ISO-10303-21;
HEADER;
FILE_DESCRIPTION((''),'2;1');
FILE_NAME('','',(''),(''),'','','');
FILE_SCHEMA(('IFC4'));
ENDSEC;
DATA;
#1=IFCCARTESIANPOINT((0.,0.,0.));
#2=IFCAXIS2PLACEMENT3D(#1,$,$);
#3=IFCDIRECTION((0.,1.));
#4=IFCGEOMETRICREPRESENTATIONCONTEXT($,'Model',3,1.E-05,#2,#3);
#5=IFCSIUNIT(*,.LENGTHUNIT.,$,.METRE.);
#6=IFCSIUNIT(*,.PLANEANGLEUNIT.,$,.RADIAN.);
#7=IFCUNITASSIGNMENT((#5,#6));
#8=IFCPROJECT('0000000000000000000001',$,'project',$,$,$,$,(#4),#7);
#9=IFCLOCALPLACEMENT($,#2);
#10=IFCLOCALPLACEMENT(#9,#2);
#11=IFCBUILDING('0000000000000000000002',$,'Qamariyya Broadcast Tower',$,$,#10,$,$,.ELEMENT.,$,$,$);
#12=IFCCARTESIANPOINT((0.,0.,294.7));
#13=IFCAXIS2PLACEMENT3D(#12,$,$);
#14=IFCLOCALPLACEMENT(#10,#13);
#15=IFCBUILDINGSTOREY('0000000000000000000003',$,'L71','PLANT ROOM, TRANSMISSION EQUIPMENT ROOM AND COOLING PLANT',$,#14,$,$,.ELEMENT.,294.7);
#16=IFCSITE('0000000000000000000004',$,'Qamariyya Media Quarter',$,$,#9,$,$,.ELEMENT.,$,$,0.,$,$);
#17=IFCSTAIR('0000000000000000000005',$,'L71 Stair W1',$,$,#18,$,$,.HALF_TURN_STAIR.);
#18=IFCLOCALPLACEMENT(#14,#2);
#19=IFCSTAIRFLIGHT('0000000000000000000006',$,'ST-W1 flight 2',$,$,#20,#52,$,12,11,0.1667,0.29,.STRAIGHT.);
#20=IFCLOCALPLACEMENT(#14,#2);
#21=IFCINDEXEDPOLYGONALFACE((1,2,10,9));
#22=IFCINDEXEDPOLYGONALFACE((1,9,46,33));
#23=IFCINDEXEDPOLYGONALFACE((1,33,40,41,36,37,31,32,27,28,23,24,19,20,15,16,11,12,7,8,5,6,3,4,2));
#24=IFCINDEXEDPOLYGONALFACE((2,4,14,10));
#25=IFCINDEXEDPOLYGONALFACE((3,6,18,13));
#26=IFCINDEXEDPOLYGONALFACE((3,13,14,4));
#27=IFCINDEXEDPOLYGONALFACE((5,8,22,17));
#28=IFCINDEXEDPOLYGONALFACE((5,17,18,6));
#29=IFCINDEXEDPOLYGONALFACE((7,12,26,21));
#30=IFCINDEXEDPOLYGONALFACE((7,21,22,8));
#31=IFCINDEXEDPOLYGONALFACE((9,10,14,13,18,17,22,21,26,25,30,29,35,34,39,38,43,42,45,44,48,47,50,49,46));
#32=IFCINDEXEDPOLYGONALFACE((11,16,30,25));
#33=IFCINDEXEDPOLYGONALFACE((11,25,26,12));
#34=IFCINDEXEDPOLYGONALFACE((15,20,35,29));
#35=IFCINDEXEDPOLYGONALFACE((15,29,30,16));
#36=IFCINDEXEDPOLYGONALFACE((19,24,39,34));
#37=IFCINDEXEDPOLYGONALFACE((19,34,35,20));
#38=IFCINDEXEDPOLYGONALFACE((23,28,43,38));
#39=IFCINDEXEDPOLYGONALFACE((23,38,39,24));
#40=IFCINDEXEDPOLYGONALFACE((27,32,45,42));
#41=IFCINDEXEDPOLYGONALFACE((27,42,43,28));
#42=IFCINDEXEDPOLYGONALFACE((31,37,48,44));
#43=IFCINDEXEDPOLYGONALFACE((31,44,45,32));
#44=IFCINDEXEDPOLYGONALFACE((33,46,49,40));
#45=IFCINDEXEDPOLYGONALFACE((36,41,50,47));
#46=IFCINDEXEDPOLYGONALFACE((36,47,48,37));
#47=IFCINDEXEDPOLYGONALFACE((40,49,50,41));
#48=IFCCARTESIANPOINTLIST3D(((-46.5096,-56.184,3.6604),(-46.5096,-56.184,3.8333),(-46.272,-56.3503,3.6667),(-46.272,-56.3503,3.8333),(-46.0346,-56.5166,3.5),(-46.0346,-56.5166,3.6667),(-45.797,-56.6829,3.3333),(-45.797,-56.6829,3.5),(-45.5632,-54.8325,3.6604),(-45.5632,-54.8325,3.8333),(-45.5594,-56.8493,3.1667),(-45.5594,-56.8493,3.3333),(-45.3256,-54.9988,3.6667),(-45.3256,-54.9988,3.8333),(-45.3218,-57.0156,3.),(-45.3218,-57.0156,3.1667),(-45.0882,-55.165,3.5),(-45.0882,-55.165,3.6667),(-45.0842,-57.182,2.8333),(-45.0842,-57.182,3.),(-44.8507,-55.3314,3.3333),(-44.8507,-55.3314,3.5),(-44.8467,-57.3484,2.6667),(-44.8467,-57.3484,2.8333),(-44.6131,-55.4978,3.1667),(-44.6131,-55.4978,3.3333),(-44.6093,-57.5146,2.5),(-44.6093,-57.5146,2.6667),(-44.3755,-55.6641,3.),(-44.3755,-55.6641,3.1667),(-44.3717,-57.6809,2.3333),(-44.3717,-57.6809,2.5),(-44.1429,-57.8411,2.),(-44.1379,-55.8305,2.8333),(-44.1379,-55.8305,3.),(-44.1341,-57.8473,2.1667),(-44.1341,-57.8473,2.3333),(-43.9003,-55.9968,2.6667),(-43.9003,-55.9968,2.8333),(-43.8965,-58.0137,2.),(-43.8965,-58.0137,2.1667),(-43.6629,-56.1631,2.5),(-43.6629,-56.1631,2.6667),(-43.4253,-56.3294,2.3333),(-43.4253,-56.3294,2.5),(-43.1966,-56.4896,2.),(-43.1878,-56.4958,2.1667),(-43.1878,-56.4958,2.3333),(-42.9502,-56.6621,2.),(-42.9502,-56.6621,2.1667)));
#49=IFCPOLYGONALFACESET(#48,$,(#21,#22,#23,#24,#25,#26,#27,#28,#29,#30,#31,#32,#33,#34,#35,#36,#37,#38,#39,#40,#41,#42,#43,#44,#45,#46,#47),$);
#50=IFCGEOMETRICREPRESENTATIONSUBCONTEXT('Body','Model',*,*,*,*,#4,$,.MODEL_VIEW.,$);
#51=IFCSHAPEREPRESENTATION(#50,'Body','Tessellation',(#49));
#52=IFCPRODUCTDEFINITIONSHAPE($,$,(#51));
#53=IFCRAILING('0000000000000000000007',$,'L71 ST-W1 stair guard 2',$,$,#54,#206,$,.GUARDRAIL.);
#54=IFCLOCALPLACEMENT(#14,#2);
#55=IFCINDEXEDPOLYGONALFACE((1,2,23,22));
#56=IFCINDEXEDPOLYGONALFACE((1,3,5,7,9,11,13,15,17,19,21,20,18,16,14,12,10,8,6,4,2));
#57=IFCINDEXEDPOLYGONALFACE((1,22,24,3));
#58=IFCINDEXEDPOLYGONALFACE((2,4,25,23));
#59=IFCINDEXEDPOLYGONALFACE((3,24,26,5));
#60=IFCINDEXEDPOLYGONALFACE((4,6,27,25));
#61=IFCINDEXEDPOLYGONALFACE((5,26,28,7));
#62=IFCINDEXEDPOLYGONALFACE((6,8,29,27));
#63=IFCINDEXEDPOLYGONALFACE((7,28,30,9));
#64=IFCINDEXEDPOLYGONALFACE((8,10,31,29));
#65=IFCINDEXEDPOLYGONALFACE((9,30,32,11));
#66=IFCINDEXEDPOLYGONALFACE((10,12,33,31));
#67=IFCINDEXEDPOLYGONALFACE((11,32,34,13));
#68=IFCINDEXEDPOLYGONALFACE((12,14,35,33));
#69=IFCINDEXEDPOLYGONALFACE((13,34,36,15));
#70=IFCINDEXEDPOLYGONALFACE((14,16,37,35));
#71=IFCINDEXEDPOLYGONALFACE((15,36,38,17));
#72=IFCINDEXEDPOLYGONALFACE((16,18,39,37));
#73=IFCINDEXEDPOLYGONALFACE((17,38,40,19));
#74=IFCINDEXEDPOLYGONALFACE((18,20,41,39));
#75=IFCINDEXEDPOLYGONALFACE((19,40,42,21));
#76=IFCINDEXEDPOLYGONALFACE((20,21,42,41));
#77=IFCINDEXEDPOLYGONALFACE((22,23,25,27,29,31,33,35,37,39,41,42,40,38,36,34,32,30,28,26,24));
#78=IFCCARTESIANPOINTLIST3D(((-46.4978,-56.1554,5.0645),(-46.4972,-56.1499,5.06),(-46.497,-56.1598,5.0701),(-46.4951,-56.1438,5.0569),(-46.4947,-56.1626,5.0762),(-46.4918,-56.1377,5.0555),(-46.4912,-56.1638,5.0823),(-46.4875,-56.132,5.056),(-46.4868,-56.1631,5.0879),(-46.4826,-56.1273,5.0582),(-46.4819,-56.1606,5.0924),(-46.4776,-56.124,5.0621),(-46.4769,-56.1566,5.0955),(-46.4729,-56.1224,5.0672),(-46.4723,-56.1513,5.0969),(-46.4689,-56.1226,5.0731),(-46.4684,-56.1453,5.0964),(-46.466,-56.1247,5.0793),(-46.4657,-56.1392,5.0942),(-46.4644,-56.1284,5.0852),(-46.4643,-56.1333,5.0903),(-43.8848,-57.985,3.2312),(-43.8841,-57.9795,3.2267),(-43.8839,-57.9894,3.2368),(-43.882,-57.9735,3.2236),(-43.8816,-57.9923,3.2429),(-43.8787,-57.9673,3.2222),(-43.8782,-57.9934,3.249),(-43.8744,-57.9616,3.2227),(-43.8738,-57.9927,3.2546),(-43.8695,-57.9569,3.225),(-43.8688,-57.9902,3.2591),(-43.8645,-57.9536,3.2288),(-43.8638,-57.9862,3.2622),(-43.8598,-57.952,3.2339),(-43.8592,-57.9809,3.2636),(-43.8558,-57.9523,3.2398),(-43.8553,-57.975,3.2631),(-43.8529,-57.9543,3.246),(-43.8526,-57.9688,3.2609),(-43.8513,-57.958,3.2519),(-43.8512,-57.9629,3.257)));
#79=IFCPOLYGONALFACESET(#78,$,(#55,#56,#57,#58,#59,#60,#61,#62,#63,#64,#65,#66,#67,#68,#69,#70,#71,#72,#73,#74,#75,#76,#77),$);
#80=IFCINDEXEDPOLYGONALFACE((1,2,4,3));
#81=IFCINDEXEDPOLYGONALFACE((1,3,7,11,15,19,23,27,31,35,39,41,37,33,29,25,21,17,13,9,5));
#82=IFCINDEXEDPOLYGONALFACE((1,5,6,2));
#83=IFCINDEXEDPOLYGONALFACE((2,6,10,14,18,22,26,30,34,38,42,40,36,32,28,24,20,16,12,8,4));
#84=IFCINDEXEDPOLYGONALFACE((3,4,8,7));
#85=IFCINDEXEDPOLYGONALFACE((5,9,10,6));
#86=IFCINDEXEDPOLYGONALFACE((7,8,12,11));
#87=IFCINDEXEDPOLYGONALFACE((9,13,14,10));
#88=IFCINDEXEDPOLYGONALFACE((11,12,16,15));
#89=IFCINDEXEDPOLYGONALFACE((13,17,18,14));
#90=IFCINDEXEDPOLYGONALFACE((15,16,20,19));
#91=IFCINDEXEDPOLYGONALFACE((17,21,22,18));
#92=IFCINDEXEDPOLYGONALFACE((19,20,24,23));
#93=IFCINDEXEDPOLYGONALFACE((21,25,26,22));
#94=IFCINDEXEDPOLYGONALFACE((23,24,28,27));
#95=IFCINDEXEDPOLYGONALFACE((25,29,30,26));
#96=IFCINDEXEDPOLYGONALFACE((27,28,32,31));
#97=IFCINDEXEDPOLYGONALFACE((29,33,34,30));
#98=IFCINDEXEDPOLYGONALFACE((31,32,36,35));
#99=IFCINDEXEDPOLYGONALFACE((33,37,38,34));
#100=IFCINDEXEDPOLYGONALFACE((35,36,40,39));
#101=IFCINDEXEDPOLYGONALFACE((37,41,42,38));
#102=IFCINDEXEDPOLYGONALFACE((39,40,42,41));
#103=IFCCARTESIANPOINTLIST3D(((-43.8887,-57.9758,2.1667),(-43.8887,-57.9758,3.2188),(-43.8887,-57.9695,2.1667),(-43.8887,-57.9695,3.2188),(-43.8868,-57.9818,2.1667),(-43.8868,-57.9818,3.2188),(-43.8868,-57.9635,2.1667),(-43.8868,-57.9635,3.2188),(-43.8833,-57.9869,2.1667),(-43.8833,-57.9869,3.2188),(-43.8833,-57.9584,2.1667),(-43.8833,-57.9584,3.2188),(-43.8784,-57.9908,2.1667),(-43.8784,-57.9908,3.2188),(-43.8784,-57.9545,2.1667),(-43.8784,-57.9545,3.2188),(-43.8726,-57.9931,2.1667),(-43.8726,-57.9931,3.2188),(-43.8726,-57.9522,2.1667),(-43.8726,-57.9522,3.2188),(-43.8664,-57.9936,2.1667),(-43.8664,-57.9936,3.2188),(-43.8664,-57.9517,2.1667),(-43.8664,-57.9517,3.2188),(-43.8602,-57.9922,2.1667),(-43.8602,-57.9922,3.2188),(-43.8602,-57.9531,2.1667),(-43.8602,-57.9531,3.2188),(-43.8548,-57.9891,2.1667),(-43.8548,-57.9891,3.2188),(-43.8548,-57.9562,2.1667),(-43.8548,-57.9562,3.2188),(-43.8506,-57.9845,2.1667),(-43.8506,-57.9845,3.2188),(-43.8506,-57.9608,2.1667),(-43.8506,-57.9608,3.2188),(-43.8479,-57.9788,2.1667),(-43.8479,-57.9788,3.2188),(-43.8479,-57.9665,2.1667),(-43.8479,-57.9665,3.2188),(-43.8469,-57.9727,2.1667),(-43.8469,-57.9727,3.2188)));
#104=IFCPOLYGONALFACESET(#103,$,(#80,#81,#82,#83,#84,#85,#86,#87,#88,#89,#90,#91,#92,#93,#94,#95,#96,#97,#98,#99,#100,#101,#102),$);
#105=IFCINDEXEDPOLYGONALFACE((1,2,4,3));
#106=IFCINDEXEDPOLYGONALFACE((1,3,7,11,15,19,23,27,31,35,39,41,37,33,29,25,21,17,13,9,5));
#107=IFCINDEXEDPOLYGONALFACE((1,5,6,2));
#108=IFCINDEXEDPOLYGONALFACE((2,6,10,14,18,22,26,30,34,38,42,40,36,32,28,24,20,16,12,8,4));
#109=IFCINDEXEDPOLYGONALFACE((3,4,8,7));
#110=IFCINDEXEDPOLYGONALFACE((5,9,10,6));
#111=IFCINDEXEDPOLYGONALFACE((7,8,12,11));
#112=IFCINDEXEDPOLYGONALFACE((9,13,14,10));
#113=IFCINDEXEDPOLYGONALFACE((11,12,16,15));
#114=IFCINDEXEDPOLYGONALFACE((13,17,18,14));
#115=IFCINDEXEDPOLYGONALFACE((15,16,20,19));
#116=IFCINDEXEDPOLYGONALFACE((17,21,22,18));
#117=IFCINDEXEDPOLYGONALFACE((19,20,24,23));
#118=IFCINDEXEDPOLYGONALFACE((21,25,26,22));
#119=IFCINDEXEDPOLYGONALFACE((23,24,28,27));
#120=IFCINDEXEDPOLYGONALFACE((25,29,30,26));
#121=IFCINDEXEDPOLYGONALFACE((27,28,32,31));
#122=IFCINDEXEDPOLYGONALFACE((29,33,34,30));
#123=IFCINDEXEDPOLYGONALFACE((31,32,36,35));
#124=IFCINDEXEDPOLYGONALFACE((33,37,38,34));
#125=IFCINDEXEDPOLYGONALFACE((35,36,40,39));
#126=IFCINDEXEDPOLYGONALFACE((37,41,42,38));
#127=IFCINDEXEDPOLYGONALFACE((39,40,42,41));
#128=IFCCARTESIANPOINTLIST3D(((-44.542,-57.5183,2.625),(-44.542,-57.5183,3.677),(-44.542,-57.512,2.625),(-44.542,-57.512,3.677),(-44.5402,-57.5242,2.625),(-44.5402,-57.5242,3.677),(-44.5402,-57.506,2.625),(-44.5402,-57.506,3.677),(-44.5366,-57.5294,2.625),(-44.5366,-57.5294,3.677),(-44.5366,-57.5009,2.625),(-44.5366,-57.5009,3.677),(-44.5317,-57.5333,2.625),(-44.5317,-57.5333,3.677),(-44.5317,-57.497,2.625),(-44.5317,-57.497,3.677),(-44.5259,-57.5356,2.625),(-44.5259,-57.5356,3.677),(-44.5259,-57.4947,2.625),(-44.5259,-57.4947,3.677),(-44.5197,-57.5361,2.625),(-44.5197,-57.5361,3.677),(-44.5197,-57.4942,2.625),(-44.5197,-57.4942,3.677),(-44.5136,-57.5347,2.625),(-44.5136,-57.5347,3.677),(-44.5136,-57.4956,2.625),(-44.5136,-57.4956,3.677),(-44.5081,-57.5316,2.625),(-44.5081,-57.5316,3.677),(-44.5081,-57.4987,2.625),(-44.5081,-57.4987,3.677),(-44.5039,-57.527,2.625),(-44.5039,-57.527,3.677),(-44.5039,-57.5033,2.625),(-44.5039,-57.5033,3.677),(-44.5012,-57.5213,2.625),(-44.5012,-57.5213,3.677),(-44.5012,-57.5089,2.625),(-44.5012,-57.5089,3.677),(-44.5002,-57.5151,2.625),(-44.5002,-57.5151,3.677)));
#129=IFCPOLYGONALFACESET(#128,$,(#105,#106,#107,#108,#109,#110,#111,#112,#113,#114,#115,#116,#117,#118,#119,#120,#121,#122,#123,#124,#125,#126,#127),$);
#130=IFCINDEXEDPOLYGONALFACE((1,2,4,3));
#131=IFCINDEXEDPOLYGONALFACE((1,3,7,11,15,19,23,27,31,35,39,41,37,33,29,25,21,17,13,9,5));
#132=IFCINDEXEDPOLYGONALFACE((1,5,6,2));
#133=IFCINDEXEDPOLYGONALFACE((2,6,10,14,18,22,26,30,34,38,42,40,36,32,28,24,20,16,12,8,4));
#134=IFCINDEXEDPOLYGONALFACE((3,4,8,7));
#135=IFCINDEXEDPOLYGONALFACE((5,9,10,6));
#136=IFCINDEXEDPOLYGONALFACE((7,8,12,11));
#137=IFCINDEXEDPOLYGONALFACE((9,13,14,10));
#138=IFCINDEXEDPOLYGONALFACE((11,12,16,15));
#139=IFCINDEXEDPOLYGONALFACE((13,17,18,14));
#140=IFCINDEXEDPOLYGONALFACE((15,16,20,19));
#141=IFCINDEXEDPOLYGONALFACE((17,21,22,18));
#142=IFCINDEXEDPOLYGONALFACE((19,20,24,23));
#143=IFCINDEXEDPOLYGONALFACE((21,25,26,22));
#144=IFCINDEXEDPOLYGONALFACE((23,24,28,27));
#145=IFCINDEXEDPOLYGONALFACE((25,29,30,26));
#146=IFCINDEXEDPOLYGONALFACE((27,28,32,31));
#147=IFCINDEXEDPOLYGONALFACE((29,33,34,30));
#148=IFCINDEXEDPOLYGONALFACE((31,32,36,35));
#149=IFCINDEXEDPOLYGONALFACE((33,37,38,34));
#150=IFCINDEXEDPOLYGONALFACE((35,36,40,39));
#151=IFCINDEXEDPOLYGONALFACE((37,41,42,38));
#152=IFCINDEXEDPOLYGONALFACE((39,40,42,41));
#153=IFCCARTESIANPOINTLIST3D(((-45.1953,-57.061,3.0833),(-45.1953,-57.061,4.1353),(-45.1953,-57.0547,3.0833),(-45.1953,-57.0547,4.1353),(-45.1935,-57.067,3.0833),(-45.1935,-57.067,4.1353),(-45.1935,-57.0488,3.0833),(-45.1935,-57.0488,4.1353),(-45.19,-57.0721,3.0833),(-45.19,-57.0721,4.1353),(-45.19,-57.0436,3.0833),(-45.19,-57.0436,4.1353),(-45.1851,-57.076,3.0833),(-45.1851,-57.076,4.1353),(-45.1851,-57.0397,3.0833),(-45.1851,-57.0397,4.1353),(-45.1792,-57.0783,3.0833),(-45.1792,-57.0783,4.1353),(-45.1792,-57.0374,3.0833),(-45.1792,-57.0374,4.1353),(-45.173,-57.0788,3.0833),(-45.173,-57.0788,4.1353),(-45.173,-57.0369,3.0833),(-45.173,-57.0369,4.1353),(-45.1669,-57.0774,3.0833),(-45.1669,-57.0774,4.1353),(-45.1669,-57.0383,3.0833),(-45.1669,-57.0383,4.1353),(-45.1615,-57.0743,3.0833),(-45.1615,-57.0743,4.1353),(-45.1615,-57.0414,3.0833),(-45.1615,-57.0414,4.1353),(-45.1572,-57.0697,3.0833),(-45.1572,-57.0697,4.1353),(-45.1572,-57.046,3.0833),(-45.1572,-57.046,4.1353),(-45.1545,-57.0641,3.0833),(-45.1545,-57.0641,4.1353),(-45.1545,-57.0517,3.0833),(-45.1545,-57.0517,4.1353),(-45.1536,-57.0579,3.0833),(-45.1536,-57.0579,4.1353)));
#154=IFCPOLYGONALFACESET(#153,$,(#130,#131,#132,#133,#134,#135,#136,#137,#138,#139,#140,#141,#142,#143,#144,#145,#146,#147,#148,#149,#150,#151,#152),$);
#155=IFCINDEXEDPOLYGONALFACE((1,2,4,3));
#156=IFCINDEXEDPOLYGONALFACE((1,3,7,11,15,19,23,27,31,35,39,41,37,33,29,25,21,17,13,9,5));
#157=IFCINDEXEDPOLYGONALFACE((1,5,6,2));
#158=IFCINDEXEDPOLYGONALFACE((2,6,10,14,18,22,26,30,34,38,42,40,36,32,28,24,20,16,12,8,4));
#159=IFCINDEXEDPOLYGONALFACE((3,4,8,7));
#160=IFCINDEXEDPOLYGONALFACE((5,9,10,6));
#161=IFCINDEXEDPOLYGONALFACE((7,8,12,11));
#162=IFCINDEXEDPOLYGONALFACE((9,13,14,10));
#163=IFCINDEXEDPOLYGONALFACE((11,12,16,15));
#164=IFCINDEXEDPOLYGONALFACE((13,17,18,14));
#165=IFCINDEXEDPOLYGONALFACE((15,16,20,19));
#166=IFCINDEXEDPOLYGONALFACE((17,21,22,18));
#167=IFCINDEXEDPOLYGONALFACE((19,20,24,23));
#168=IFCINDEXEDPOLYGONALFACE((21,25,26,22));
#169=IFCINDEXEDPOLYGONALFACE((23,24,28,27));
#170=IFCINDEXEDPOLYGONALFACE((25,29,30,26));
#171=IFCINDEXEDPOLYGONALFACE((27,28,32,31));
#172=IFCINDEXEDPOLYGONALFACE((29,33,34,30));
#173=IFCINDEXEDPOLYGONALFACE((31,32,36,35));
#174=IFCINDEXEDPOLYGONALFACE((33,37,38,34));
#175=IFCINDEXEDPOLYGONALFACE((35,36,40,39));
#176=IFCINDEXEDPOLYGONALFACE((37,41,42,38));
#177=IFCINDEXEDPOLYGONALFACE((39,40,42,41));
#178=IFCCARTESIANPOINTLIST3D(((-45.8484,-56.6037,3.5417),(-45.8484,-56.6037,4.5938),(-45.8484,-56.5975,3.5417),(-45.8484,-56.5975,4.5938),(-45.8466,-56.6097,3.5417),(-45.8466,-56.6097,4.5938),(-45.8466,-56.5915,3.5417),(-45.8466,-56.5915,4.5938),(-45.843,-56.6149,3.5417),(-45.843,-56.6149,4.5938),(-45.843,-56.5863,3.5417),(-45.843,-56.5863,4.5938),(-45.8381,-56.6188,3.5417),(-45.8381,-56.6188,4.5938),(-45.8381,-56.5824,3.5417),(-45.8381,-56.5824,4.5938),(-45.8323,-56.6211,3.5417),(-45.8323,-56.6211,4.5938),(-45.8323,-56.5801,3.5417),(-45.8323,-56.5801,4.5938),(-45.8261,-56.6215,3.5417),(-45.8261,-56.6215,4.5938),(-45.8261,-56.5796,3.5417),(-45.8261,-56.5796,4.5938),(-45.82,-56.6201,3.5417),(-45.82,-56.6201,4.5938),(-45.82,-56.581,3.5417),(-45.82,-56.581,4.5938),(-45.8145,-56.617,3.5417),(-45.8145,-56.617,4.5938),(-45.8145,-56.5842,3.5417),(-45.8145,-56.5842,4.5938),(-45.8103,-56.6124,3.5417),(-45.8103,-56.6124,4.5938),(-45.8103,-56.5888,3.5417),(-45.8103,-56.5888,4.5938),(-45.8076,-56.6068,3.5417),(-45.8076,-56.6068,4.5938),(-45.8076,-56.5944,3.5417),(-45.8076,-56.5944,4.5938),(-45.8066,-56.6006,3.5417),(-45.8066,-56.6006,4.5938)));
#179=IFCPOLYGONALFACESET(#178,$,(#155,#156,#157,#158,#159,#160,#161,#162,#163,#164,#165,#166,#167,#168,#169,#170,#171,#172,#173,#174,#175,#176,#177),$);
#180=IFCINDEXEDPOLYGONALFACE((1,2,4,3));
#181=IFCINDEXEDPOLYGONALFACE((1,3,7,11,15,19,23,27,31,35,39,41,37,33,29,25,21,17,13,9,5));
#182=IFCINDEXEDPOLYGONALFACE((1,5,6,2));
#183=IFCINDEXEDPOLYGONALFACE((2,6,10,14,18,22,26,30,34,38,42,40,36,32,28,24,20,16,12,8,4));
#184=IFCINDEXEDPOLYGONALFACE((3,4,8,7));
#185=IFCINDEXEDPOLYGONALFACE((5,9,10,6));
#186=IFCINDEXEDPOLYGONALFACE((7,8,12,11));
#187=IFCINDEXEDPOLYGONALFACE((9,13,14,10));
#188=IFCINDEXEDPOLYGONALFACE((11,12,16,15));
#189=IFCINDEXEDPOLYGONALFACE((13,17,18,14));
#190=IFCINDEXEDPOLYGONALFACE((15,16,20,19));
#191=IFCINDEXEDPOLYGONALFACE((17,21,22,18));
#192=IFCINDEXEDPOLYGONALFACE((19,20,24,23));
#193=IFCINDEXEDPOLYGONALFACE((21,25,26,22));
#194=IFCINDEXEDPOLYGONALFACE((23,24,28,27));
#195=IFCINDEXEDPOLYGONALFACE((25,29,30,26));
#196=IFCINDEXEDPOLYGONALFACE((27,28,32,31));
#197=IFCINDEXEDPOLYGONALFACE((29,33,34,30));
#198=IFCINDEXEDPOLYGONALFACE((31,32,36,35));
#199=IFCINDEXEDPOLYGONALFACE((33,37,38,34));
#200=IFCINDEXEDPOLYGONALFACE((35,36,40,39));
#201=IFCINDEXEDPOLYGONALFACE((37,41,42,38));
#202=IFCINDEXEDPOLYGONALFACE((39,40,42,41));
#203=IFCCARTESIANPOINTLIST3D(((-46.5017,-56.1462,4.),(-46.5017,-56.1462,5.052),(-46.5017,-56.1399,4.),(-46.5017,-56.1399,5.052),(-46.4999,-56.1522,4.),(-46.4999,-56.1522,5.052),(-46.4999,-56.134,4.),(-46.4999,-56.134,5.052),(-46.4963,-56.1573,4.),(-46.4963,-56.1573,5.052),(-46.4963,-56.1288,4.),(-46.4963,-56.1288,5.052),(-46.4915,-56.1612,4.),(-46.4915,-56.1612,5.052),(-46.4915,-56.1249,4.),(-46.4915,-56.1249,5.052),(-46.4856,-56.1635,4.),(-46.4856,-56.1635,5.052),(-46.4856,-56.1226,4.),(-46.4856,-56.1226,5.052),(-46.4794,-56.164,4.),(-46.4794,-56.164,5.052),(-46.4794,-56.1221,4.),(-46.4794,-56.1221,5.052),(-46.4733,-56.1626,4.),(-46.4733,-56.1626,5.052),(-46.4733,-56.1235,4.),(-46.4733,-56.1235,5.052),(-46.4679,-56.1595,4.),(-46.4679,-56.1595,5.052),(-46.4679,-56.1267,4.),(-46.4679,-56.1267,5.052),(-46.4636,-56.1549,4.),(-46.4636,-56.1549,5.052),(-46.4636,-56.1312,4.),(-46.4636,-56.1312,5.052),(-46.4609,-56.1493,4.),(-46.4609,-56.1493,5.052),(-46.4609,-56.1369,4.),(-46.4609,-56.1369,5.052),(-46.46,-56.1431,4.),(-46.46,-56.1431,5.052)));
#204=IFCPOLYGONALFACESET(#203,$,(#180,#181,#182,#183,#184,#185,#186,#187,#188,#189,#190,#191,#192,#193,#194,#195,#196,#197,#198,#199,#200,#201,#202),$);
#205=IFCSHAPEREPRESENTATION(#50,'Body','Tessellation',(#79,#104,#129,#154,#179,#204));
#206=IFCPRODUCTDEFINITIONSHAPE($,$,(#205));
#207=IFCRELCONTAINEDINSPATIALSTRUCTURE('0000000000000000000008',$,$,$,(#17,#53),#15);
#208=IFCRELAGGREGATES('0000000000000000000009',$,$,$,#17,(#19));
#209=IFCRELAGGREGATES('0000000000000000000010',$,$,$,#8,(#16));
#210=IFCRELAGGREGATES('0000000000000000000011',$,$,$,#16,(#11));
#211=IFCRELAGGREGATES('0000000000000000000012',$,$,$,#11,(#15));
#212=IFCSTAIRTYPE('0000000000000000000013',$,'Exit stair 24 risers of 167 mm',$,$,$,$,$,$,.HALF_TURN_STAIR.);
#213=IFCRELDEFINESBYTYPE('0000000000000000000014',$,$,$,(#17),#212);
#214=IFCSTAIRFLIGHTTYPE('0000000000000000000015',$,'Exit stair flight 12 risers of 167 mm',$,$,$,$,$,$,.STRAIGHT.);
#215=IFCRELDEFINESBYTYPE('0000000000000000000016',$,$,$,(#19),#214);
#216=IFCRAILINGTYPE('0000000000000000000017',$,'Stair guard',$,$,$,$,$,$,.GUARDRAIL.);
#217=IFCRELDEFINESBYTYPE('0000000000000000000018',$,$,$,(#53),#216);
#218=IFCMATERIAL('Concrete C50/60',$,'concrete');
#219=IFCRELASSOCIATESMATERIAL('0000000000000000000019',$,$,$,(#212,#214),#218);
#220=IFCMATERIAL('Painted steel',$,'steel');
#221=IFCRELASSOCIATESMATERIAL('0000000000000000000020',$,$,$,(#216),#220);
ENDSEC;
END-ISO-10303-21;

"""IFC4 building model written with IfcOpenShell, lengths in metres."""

from ifc_helpers import new_model, si_unit, direction, frame, origin, origin_2d, place, context, subcontext, project, spatial, polyline, circle, outline, extrude, material, type_object, element, aggregate, save


model = new_model("IFC4")

# Units and contexts
model_context = context("Model", 3, precision=1e-05, world=origin(), true_north=direction((0.0, 1.0)))
body_context = subcontext(model_context, "Body", "Model", "MODEL_VIEW")
ifc_project = project(units=[si_unit("LENGTHUNIT", "METRE"), si_unit("PLANEANGLEUNIT", "RADIAN")], contexts=[model_context])

# Site, building, storey
site_placement = place(None, origin())
site = spatial("IfcSite", under=ifc_project, at=site_placement, Name="Qamariyya Media Quarter", CompositionType="ELEMENT", RefElevation=0.0)
building_placement = place(site_placement, origin())
building = spatial("IfcBuilding", under=site, at=building_placement, Name="Qamariyya Broadcast Tower", CompositionType="ELEMENT")
storey_placement = place(building_placement, frame((0.0, 0.0, 294.7)))
storey = spatial("IfcBuildingStorey", under=building, at=storey_placement, Name="L71", Description="PLANT ROOM, TRANSMISSION EQUIPMENT ROOM AND COOLING PLANT", CompositionType="ELEMENT", Elevation=294.7)

# Shared definitions
ifc_material_1 = material(Name="Concrete C50/60", Category="concrete")

# Stair, stair flight
stair_type = type_object("IfcStairType", Name="Exit stair 24 risers of 167 mm", PredefinedType="HALF_TURN_STAIR", material=ifc_material_1)
stair_placement = place(storey_placement, origin())
stair = element("IfcStair", 1, at=stair_placement, inside=storey, type_object=stair_type, Name="L71 Stair W1", PredefinedType="HALF_TURN_STAIR")
stair_flight_type = type_object("IfcStairFlightType", Name="Exit stair flight 12 risers of 167 mm", PredefinedType="STRAIGHT", material=ifc_material_1)
stair_flight_1_placement = place(storey_placement, frame((-43.4233, -57.3379, 2.0), z_axis=(0.0, 0.0, 1.0), x_axis=(-0.819152, 0.573576, 0.0)))
stair_flight_1 = element("IfcStairFlight", 2, at=stair_flight_1_placement, type_object=stair_flight_type, Name="ST-W1 flight 2", NumberOfRisers=12, NumberOfTreads=11, PredefinedType="STRAIGHT", RiserHeight=0.1667, TreadLength=0.29, context=body_context, shape_type="SweptSolid", body=[
    extrude(outline(polyline([(0.0, 0.0), (0.0, 0.1667), (0.29, 0.1667), (0.29, 0.3333), (0.5801, 0.3333), (0.5801, 0.5), (0.8701, 0.5), (0.8701, 0.6667), (1.1599, 0.6667), (1.1599, 0.8333), (1.45, 0.8333), (1.45, 1.0), (1.74, 1.0), (1.74, 1.1667), (2.03, 1.1667), (2.03, 1.3333), (2.3201, 1.3333), (2.3201, 1.5), (2.6101, 1.5), (2.6101, 1.6667), (2.8999, 1.6667), (2.8999, 1.8333), (3.1899, 1.8333), (3.1899, 2.0), (3.1899, 1.6604), (0.3008, 0.0), (0.0, 0.0)])), frame((0.0, 0.825, 0.0), z_axis=(0.0, -1.0, 0.0), x_axis=(1.0, 0.0, 0.0)), (0.0, 0.0, 1.0), 1.6499),
])
aggregate(stair, [stair_flight_1])

# Railing
ifc_material_2 = material(Name="Painted steel", Category="steel")
railing_type_1 = type_object("IfcRailingType", Name="Stair guard", PredefinedType="GUARDRAIL", material=ifc_material_2)
railing_1_placement = place(storey_placement, frame((-43.8679, -57.9727, 2.1667)))
element("IfcRailing", 3, at=railing_1_placement, inside=storey, type_object=railing_type_1, Name="L71 ST-W1 stair guard 2", PredefinedType="GUARDRAIL", context=body_context, shape_type="SweptSolid", body=[
    extrude(circle(Radius=0.0239, at=origin_2d()), frame((0.0, 0.0, 1.0762), z_axis=(-0.710228, 0.497285, 0.498281), x_axis=(-0.57356, -0.819164, 0.0)), (0.0, 0.0, 1.0), 3.6792),
    extrude(circle(Radius=0.021, at=origin_2d()), origin(), (0.0, 0.0, 1.0), 1.052),
    extrude(circle(Radius=0.021, at=origin_2d()), frame((-0.6533, 0.4575, 0.4583)), (0.0, 0.0, 1.0), 1.052),
    extrude(circle(Radius=0.021, at=origin_2d()), frame((-1.3066, 0.9148, 0.9165)), (0.0, 0.0, 1.0), 1.052),
    extrude(circle(Radius=0.021, at=origin_2d()), frame((-1.9597, 1.3721, 1.375)), (0.0, 0.0, 1.0), 1.052),
    extrude(circle(Radius=0.021, at=origin_2d()), frame((-2.613, 1.8296, 1.8333)), (0.0, 0.0, 1.0), 1.052),
])

save(model, "model.ifc")
